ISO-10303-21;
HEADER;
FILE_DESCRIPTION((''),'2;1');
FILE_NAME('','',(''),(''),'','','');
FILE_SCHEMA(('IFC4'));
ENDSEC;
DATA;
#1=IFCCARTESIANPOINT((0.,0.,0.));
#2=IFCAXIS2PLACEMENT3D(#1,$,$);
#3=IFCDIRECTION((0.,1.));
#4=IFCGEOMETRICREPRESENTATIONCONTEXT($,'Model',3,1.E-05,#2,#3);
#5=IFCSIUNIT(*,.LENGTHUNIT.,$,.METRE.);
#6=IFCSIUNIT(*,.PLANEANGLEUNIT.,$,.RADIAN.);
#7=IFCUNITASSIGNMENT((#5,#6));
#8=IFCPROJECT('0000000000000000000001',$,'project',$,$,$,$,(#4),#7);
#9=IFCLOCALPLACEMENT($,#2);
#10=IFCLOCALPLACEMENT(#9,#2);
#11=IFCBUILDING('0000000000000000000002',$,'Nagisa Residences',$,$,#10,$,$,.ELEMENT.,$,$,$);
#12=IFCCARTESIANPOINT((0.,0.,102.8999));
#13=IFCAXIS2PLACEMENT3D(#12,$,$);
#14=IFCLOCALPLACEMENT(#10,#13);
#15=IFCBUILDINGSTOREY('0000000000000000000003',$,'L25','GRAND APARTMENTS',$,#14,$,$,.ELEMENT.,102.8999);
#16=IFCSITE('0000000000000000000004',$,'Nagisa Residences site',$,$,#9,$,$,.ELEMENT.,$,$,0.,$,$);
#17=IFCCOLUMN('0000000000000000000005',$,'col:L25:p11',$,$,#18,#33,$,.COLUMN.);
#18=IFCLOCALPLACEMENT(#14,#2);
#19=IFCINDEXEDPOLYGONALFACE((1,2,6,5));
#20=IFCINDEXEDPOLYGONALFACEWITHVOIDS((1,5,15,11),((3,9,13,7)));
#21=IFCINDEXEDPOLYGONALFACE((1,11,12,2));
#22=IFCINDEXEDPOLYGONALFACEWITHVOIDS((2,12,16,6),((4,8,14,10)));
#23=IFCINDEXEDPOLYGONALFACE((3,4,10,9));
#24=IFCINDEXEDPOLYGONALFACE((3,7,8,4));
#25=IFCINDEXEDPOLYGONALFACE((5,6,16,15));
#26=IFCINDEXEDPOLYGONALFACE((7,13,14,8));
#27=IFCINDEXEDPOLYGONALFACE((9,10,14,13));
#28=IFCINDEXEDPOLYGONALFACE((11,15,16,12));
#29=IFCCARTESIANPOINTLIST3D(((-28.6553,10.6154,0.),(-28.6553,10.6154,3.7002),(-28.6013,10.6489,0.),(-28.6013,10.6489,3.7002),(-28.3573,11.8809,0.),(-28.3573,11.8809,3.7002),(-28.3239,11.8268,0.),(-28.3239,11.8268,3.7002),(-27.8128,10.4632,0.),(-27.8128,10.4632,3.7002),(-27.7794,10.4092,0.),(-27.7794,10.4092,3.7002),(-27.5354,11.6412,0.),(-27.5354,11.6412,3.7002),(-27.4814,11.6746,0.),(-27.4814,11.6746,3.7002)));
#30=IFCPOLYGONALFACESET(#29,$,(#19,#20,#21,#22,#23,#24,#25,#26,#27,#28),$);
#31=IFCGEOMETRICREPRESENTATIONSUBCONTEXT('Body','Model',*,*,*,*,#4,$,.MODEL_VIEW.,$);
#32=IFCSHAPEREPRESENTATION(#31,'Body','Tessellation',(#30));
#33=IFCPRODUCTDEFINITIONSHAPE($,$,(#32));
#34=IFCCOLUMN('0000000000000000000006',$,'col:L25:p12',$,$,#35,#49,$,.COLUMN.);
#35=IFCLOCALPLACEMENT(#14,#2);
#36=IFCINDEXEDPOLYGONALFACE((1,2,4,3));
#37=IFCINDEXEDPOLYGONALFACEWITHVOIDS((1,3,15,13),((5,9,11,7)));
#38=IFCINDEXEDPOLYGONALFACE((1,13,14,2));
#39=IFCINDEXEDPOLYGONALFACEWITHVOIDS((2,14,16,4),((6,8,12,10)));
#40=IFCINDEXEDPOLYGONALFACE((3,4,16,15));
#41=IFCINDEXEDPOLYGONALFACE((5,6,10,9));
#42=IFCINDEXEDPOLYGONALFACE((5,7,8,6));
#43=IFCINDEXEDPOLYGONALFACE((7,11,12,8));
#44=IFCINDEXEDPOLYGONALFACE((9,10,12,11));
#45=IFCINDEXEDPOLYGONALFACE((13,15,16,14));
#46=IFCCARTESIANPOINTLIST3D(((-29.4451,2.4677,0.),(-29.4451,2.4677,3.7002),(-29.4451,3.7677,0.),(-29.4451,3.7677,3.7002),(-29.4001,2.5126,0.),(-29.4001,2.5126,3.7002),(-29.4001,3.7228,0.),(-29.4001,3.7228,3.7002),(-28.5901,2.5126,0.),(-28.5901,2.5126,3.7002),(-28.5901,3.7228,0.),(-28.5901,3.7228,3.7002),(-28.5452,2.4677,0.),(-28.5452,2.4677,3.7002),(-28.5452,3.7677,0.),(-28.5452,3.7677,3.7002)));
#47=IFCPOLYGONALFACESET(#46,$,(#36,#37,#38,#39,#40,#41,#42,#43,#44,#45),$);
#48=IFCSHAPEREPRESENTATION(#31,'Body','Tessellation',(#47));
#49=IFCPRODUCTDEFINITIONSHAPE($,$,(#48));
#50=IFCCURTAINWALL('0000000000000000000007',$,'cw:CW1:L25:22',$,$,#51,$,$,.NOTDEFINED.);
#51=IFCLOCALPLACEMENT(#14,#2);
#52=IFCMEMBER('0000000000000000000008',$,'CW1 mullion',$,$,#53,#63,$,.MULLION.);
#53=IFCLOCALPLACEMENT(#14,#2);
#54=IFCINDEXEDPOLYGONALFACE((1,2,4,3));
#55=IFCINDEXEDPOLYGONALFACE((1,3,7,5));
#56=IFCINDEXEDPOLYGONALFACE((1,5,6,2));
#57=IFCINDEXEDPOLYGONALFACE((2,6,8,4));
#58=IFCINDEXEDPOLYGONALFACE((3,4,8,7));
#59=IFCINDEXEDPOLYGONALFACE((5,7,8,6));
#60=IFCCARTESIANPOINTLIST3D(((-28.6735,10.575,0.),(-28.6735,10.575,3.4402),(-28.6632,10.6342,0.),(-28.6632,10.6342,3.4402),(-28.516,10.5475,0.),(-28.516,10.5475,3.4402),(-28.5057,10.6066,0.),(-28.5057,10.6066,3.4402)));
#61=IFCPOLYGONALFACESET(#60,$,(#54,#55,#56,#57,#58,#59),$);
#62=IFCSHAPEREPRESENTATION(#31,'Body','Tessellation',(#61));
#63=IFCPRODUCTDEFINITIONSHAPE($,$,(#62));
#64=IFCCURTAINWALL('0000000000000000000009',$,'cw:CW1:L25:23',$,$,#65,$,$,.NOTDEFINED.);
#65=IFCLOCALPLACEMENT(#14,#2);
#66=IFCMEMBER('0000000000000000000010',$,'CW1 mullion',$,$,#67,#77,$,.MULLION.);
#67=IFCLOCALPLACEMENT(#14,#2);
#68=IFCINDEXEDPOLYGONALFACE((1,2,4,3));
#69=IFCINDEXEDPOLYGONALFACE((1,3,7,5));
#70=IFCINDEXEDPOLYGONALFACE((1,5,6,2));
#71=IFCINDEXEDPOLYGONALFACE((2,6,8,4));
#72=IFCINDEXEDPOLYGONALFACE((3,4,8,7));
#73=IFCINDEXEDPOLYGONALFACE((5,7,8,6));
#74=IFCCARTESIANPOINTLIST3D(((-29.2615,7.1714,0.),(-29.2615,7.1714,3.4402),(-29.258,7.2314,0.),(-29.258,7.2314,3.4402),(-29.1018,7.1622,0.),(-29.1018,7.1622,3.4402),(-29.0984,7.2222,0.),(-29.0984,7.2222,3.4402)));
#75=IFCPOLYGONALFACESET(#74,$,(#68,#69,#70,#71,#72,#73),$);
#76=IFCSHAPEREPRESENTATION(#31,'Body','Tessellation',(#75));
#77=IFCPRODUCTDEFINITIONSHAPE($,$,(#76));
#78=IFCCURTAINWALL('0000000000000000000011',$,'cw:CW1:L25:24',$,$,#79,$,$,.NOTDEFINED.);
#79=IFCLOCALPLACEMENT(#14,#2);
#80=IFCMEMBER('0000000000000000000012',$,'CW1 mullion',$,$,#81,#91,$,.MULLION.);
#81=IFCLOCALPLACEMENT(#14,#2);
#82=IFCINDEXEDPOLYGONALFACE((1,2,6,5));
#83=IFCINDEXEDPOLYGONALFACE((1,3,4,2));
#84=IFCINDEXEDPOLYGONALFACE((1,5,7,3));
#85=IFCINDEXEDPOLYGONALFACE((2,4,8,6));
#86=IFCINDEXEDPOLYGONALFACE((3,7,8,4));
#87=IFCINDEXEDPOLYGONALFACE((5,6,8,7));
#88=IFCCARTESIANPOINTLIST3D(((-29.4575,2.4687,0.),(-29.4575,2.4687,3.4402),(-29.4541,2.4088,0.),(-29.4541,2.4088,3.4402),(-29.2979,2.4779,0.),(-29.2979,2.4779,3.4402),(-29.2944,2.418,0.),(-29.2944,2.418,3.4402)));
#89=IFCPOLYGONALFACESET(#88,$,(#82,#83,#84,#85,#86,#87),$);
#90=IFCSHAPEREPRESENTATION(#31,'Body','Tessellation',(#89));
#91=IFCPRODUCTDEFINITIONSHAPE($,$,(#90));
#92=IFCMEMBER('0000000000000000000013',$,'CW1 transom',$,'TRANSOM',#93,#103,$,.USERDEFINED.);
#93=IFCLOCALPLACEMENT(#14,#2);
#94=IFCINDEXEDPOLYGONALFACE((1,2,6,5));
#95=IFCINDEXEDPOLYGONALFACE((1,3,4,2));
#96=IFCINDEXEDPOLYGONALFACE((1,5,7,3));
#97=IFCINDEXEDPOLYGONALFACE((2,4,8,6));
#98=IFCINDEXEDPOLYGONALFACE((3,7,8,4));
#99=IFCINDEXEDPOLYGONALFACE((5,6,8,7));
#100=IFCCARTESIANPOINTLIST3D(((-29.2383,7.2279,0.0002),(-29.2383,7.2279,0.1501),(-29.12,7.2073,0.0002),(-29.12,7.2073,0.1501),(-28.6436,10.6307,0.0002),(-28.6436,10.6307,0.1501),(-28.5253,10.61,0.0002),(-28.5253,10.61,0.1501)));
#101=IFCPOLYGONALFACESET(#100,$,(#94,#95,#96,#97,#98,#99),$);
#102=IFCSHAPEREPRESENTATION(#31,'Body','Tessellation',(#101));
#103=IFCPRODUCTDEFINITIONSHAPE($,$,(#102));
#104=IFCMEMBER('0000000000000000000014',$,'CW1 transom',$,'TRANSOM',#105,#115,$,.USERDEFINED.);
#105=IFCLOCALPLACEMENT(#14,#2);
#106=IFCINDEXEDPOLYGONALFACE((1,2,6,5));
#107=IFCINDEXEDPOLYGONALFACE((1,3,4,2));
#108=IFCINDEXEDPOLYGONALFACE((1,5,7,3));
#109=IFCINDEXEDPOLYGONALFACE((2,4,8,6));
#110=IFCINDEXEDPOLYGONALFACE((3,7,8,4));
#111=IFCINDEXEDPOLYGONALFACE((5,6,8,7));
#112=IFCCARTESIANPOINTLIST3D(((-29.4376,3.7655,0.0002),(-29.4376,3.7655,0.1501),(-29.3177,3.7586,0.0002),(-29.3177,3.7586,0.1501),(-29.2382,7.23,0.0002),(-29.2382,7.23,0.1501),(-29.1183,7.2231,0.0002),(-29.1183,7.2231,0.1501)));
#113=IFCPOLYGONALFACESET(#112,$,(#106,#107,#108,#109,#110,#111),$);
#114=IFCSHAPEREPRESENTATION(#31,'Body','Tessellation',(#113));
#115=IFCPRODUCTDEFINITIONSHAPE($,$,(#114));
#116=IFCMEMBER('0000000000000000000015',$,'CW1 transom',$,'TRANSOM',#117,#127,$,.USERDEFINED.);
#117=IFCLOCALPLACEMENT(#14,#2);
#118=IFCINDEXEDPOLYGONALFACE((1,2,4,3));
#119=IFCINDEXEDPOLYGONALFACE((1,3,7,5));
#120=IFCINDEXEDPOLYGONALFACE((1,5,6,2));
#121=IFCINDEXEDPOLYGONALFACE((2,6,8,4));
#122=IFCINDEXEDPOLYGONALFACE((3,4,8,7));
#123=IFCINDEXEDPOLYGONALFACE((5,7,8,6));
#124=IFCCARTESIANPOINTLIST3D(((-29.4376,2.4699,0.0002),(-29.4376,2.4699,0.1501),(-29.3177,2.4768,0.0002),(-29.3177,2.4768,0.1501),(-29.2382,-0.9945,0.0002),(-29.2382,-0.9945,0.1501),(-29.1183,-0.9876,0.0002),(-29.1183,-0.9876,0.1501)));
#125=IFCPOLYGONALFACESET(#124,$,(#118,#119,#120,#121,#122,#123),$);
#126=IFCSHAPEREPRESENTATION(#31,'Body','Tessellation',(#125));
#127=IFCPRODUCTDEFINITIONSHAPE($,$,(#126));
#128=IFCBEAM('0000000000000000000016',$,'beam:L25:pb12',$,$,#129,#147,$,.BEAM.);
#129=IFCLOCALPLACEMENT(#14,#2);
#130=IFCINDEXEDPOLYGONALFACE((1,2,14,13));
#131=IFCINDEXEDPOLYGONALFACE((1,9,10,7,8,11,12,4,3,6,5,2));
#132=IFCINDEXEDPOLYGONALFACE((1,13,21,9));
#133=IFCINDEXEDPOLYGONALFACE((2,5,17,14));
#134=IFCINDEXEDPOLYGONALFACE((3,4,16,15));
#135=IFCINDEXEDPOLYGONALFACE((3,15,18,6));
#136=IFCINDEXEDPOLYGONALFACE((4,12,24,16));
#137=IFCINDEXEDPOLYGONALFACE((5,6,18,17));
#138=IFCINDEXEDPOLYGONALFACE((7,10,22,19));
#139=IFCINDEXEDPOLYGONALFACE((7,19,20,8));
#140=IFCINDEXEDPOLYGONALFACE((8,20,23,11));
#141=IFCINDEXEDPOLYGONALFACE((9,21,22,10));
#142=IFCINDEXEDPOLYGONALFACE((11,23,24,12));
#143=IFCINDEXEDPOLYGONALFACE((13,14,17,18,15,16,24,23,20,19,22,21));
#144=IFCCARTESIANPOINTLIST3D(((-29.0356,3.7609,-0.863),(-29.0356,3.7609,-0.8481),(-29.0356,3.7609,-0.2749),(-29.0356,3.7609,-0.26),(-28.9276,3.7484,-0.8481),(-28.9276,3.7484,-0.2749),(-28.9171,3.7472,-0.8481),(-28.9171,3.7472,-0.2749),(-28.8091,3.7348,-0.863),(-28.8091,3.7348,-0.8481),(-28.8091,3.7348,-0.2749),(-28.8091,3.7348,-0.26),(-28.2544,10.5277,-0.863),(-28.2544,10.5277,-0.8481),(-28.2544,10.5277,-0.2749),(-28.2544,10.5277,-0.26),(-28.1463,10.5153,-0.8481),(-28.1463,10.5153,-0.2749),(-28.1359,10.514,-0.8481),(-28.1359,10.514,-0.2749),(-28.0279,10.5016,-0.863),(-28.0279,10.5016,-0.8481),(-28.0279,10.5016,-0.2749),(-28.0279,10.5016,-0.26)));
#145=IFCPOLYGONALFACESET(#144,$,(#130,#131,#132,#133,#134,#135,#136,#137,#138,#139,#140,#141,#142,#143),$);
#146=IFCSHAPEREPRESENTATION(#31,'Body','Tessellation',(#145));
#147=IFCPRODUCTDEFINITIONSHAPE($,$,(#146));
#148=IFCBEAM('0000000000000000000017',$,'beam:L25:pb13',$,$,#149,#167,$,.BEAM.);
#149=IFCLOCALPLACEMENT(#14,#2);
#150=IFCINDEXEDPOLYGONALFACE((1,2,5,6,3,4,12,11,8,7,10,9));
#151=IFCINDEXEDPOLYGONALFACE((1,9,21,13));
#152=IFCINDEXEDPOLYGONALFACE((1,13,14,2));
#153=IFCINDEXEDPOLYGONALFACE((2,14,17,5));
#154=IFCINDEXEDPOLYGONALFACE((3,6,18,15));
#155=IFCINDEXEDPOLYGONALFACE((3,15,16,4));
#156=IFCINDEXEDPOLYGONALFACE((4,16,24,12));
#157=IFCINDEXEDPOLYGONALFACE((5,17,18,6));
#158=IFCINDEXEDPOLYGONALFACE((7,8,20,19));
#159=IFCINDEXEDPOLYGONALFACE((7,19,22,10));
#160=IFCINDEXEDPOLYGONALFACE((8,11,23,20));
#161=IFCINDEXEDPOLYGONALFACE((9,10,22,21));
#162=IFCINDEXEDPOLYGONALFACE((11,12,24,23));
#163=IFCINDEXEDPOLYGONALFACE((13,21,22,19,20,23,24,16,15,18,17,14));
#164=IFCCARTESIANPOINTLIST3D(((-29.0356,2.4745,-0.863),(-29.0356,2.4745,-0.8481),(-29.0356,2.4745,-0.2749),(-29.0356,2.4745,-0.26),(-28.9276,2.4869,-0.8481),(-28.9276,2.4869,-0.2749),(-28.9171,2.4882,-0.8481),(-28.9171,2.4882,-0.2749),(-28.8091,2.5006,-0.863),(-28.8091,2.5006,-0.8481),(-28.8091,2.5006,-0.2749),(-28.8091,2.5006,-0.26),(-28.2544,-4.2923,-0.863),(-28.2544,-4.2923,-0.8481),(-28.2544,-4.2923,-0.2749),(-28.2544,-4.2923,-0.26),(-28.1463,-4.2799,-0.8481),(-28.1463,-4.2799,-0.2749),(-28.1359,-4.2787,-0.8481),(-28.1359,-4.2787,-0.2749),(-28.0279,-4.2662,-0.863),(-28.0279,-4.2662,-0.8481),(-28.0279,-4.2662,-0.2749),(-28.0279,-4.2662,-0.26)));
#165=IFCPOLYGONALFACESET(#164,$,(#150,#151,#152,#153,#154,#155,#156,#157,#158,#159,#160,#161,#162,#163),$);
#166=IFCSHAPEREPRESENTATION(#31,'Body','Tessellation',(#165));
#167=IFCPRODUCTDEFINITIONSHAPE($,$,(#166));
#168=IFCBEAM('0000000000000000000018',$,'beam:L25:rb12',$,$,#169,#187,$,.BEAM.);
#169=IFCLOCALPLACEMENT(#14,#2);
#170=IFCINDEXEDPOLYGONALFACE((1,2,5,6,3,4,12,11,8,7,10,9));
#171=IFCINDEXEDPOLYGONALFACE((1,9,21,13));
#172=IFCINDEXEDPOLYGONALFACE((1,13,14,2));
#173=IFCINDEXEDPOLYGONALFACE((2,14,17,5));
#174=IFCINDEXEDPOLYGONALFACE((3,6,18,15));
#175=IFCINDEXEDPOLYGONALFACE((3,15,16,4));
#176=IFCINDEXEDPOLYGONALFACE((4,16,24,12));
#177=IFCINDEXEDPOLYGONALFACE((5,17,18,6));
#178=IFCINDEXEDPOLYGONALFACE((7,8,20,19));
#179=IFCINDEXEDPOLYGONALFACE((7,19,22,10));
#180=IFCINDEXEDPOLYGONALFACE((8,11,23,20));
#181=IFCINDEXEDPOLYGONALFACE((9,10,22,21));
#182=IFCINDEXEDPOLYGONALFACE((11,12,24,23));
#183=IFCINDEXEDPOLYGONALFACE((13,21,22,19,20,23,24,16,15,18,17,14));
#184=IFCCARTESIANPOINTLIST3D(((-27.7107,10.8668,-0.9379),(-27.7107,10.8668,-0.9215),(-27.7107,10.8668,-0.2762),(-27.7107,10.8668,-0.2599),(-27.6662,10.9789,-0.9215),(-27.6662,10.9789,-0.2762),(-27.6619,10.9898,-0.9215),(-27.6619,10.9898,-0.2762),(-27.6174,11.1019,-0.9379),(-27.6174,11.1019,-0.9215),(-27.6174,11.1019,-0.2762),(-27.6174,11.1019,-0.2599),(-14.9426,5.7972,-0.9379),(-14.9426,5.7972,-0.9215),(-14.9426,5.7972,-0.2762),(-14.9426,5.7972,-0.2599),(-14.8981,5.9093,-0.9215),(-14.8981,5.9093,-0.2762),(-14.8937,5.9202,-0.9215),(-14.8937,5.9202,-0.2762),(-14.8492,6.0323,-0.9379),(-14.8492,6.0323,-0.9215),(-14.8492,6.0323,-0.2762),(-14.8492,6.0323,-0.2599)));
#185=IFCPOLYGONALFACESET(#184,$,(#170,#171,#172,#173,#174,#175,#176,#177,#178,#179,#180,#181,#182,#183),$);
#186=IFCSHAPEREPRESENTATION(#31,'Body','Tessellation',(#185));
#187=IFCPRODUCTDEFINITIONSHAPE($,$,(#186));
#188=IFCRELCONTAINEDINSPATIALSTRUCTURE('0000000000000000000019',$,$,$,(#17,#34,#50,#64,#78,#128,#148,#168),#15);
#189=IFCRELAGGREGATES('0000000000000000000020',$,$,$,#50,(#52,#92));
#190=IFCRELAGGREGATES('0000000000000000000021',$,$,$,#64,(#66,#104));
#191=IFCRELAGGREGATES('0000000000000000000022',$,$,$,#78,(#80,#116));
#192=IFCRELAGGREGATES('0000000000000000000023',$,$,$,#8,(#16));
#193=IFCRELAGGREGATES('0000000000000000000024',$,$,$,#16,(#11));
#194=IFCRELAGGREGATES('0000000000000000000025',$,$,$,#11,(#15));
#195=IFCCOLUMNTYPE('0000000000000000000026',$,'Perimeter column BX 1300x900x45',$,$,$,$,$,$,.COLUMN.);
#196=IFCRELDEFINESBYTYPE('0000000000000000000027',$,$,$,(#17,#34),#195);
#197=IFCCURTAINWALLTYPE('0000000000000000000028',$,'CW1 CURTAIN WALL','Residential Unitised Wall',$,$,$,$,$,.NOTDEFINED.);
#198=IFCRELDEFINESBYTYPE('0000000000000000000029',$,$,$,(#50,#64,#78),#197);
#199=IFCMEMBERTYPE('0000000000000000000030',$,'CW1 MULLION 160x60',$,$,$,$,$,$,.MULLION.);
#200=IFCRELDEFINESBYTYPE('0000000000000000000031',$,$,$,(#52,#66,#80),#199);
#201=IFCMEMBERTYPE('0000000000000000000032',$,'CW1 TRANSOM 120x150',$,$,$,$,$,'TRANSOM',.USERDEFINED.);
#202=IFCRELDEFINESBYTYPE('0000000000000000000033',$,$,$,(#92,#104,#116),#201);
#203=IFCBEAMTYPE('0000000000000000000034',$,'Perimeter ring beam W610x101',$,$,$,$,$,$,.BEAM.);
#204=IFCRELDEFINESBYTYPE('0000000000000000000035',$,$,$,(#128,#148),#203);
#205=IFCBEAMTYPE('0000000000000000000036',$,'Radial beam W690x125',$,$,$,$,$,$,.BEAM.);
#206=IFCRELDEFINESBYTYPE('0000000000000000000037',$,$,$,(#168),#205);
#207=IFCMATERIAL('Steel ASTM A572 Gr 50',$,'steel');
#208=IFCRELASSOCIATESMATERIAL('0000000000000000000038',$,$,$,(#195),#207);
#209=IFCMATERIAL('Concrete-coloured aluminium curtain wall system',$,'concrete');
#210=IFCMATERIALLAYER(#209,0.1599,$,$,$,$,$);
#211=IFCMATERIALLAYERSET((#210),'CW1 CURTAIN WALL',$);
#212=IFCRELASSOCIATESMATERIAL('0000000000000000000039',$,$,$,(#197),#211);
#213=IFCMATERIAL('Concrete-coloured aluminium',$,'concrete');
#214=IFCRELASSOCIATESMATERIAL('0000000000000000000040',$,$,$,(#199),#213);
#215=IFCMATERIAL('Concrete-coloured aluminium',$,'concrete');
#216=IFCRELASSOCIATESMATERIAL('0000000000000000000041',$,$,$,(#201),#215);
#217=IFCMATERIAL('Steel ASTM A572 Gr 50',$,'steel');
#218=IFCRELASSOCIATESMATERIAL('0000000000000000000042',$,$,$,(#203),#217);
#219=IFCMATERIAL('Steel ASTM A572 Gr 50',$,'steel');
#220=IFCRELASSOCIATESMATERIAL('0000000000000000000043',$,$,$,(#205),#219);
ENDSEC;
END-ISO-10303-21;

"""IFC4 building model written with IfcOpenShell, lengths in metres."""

from ifc_helpers import new_model, si_unit, direction, frame, origin, origin_2d, place, context, subcontext, project, spatial, rectangle, hollow_rectangle, i_section, extrude, material, layer, layer_set, material_profile, profile_set, type_object, element, aggregate, save


model = new_model("IFC4")

# Units and contexts
model_context = context("Model", 3, precision=1e-05, world=origin(), true_north=direction((0.0, 1.0)))
body_context = subcontext(model_context, "Body", "Model", "MODEL_VIEW")
ifc_project = project(units=[si_unit("LENGTHUNIT", "METRE"), si_unit("PLANEANGLEUNIT", "RADIAN")], contexts=[model_context])

# Site, building, storey
site_placement = place(None, origin())
site = spatial("IfcSite", under=ifc_project, at=site_placement, Name="Nagisa Residences site", CompositionType="ELEMENT", RefElevation=0.0)
building_placement = place(site_placement, origin())
building = spatial("IfcBuilding", under=site, at=building_placement, Name="Nagisa Residences", CompositionType="ELEMENT")
storey_placement = place(building_placement, frame((0.0, 0.0, 102.8999)))
storey = spatial("IfcBuildingStorey", under=building, at=storey_placement, Name="L25", Description="GRAND APARTMENTS", CompositionType="ELEMENT", Elevation=102.8999)

# Columns
ifc_material_1 = material(Name="Steel ASTM A572 Gr 50", Category="steel")
ifc_material_profile_1 = material_profile(ifc_material_1, hollow_rectangle(XDim=1.3, YDim=0.8999, WallThickness=0.0449, at=origin_2d()), Name="BX 1300x900x45")
ifc_profile_set_1 = profile_set([ifc_material_profile_1], Name="Steel ASTM A572 Gr 50")
column_type = type_object("IfcColumnType", Name="Perimeter column BX 1300x900x45", PredefinedType="COLUMN", material=ifc_profile_set_1)
for number, where, z_axis, x_axis, name in (
    (1, (-28.0684, 11.145, 0.0), (0.0, 0.0, 1.0), (-0.229202, -0.973379, 0.0), "col:L25:p11"),
    (2, (-28.9951, 3.1177, 0.0), (0.0, 0.0, 1.0), (0.0, -1.0, 0.0), "col:L25:p12"),
):
    element("IfcColumn", number, at=place(storey_placement, frame(where, z_axis=z_axis, x_axis=x_axis)), inside=storey, type_object=column_type, Name=name, PredefinedType="COLUMN", context=body_context, shape_type="SweptSolid", body=[
        extrude(hollow_rectangle(XDim=1.3, YDim=0.8999, WallThickness=0.0449, at=origin_2d()), origin(), (0.0, 0.0, 1.0), 3.7002),
    ])

# Curtain walls, members
ifc_material_2 = material(Name="Concrete-coloured aluminium curtain wall system", Category="concrete")
ifc_layer_1 = layer(ifc_material_2, 0.1599)
ifc_layer_set_1 = layer_set([ifc_layer_1], Name="CW1 CURTAIN WALL")
curtain_wall_type = type_object("IfcCurtainWallType", Name="CW1 CURTAIN WALL", Description="Residential Unitised Wall", PredefinedType="NOTDEFINED", material=ifc_layer_set_1)
curtain_wall_1_placement = place(storey_placement, origin())
curtain_wall_1 = element("IfcCurtainWall", 3, at=curtain_wall_1_placement, inside=storey, type_object=curtain_wall_type, Name="cw:CW1:L25:22", PredefinedType="NOTDEFINED")
ifc_material_3 = material(Name="Concrete-coloured aluminium", Category="concrete")
ifc_material_profile_2 = material_profile(ifc_material_3, rectangle(XDim=0.1599, YDim=0.0601, at=origin_2d()), Name="CW1 MULLION 160x60")
ifc_profile_set_2 = profile_set([ifc_material_profile_2], Name="Concrete-coloured aluminium")
member_type_1 = type_object("IfcMemberType", Name="CW1 MULLION 160x60", PredefinedType="MULLION", material=ifc_profile_set_2)
member_1_placement = place(storey_placement, frame((-28.5896, 10.5908, 0.0), z_axis=(0.0, 0.0, 1.0), x_axis=(0.985064, -0.172191, 0.0)))
member_1 = element("IfcMember", 4, at=member_1_placement, type_object=member_type_1, Name="CW1 mullion", PredefinedType="MULLION", context=body_context, shape_type="SweptSolid", body=[
    extrude(rectangle(XDim=0.1599, YDim=0.0601, at=origin_2d()), origin(), (0.0, 0.0, 1.0), 3.4402),
])
curtain_wall_2_placement = place(storey_placement, origin())
curtain_wall_2 = element("IfcCurtainWall", 5, at=curtain_wall_2_placement, inside=storey, type_object=curtain_wall_type, Name="cw:CW1:L25:23", PredefinedType="NOTDEFINED")
member_2_placement = place(storey_placement, frame((-29.1799, 7.1968, 0.0), z_axis=(0.0, 0.0, 1.0), x_axis=(0.998345, -0.057503, 0.0)))
member_2 = element("IfcMember", 6, at=member_2_placement, type_object=member_type_1, Name="CW1 mullion", PredefinedType="MULLION", context=body_context, shape_type="SweptSolid", body=[
    extrude(rectangle(XDim=0.1599, YDim=0.0601, at=origin_2d()), origin(), (0.0, 0.0, 1.0), 3.4402),
])
curtain_wall_3_placement = place(storey_placement, origin())
curtain_wall_3 = element("IfcCurtainWall", 7, at=curtain_wall_3_placement, inside=storey, type_object=curtain_wall_type, Name="cw:CW1:L25:24", PredefinedType="NOTDEFINED")
member_3_placement = place(storey_placement, frame((-29.376, 2.4434, 0.0), z_axis=(0.0, 0.0, 1.0), x_axis=(0.998345, 0.057503, 0.0)))
member_3 = element("IfcMember", 8, at=member_3_placement, type_object=member_type_1, Name="CW1 mullion", PredefinedType="MULLION", context=body_context, shape_type="SweptSolid", body=[
    extrude(rectangle(XDim=0.1599, YDim=0.0601, at=origin_2d()), origin(), (0.0, 0.0, 1.0), 3.4402),
])

# Members
ifc_material_4 = material(Name="Concrete-coloured aluminium", Category="concrete")
ifc_material_profile_3 = material_profile(ifc_material_4, rectangle(XDim=0.1201, YDim=0.1499, at=origin_2d()), Name="CW1 TRANSOM 120x150")
ifc_profile_set_3 = profile_set([ifc_material_profile_3], Name="Concrete-coloured aluminium")
member_type_2 = type_object("IfcMemberType", Name="CW1 TRANSOM 120x150", ElementType="TRANSOM", PredefinedType="USERDEFINED", material=ifc_profile_set_3)
member_4_placement = place(storey_placement, frame((-28.5845, 10.6204, 0.0752), z_axis=(-0.172164, -0.985068, 0.0), x_axis=(0.985068, -0.172164, 0.0)))
member_4 = element("IfcMember", 9, at=member_4_placement, type_object=member_type_2, Name="CW1 transom", ObjectType="TRANSOM", PredefinedType="USERDEFINED", context=body_context, shape_type="SweptSolid", body=[
    extrude(rectangle(XDim=0.1201, YDim=0.1499, at=origin_2d()), origin(), (0.0, 0.0, 1.0), 3.4543),
])
member_5_placement = place(storey_placement, frame((-29.1782, 7.2266, 0.0752), z_axis=(-0.057477, -0.998347, 0.0), x_axis=(0.998347, -0.057477, 0.0)))
member_5 = element("IfcMember", 10, at=member_5_placement, type_object=member_type_2, Name="CW1 transom", ObjectType="TRANSOM", PredefinedType="USERDEFINED", context=body_context, shape_type="SweptSolid", body=[
    extrude(rectangle(XDim=0.1201, YDim=0.1499, at=origin_2d()), origin(), (0.0, 0.0, 1.0), 3.4702),
])
member_6_placement = place(storey_placement, frame((-29.3777, 2.4734, 0.0752), z_axis=(0.057477, -0.998347, 0.0), x_axis=(0.998347, 0.057477, 0.0)))
member_6 = element("IfcMember", 11, at=member_6_placement, type_object=member_type_2, Name="CW1 transom", ObjectType="TRANSOM", PredefinedType="USERDEFINED", context=body_context, shape_type="SweptSolid", body=[
    extrude(rectangle(XDim=0.1201, YDim=0.1499, at=origin_2d()), origin(), (0.0, 0.0, 1.0), 3.4702),
])

# Beams
ifc_material_5 = material(Name="Steel ASTM A572 Gr 50", Category="steel")
ifc_material_profile_4 = material_profile(ifc_material_5, i_section(OverallWidth=0.228, OverallDepth=0.603, WebThickness=0.0105, FlangeThickness=0.0149, at=origin_2d()), Name="W610x101")
ifc_profile_set_4 = profile_set([ifc_material_profile_4], Name="Steel ASTM A572 Gr 50")
beam_type_1 = type_object("IfcBeamType", Name="Perimeter ring beam W610x101", PredefinedType="BEAM", material=ifc_profile_set_4)
for number, where, z_axis, x_axis, name in (
    (12, (-28.1411, 10.5146, -0.5615), (-0.114691, -0.993401, 0.0), (0.993401, -0.114691, 0.0), "beam:L25:pb12"),
    (13, (-28.9224, 2.4875, -0.5615), (0.114691, -0.993401, 0.0), (0.993401, 0.114691, 0.0), "beam:L25:pb13"),
):
    element("IfcBeam", number, at=place(storey_placement, frame(where, z_axis=z_axis, x_axis=x_axis)), inside=storey, type_object=beam_type_1, Name=name, PredefinedType="BEAM", context=body_context, shape_type="SweptSolid", body=[
        extrude(i_section(OverallWidth=0.228, OverallDepth=0.603, WebThickness=0.0105, FlangeThickness=0.0149, at=origin_2d()), origin(), (0.0, 0.0, 1.0), 6.8118),
    ])
ifc_material_6 = material(Name="Steel ASTM A572 Gr 50", Category="steel")
ifc_material_profile_5 = material_profile(ifc_material_6, i_section(OverallWidth=0.2529, OverallDepth=0.678, WebThickness=0.0117, FlangeThickness=0.0164, at=origin_2d()), Name="W690x125")
ifc_profile_set_5 = profile_set([ifc_material_profile_5], Name="Steel ASTM A572 Gr 50")
beam_type_2 = type_object("IfcBeamType", Name="Radial beam W690x125", PredefinedType="BEAM", material=ifc_profile_set_5)
beam_1_placement = place(storey_placement, frame((-27.6641, 10.9844, -0.5989), z_axis=(0.929419, -0.369027, 0.0), x_axis=(0.369027, 0.929419, 0.0)))
element("IfcBeam", 14, at=beam_1_placement, inside=storey, type_object=beam_type_2, Name="beam:L25:rb12", PredefinedType="BEAM", context=body_context, shape_type="SweptSolid", body=[
    extrude(i_section(OverallWidth=0.2529, OverallDepth=0.678, WebThickness=0.0117, FlangeThickness=0.0164, at=origin_2d()), origin(), (0.0, 0.0, 1.0), 13.7378),
])

aggregate(curtain_wall_1, [member_1, member_4])
aggregate(curtain_wall_2, [member_2, member_5])
aggregate(curtain_wall_3, [member_3, member_6])

save(model, "model.ifc")
